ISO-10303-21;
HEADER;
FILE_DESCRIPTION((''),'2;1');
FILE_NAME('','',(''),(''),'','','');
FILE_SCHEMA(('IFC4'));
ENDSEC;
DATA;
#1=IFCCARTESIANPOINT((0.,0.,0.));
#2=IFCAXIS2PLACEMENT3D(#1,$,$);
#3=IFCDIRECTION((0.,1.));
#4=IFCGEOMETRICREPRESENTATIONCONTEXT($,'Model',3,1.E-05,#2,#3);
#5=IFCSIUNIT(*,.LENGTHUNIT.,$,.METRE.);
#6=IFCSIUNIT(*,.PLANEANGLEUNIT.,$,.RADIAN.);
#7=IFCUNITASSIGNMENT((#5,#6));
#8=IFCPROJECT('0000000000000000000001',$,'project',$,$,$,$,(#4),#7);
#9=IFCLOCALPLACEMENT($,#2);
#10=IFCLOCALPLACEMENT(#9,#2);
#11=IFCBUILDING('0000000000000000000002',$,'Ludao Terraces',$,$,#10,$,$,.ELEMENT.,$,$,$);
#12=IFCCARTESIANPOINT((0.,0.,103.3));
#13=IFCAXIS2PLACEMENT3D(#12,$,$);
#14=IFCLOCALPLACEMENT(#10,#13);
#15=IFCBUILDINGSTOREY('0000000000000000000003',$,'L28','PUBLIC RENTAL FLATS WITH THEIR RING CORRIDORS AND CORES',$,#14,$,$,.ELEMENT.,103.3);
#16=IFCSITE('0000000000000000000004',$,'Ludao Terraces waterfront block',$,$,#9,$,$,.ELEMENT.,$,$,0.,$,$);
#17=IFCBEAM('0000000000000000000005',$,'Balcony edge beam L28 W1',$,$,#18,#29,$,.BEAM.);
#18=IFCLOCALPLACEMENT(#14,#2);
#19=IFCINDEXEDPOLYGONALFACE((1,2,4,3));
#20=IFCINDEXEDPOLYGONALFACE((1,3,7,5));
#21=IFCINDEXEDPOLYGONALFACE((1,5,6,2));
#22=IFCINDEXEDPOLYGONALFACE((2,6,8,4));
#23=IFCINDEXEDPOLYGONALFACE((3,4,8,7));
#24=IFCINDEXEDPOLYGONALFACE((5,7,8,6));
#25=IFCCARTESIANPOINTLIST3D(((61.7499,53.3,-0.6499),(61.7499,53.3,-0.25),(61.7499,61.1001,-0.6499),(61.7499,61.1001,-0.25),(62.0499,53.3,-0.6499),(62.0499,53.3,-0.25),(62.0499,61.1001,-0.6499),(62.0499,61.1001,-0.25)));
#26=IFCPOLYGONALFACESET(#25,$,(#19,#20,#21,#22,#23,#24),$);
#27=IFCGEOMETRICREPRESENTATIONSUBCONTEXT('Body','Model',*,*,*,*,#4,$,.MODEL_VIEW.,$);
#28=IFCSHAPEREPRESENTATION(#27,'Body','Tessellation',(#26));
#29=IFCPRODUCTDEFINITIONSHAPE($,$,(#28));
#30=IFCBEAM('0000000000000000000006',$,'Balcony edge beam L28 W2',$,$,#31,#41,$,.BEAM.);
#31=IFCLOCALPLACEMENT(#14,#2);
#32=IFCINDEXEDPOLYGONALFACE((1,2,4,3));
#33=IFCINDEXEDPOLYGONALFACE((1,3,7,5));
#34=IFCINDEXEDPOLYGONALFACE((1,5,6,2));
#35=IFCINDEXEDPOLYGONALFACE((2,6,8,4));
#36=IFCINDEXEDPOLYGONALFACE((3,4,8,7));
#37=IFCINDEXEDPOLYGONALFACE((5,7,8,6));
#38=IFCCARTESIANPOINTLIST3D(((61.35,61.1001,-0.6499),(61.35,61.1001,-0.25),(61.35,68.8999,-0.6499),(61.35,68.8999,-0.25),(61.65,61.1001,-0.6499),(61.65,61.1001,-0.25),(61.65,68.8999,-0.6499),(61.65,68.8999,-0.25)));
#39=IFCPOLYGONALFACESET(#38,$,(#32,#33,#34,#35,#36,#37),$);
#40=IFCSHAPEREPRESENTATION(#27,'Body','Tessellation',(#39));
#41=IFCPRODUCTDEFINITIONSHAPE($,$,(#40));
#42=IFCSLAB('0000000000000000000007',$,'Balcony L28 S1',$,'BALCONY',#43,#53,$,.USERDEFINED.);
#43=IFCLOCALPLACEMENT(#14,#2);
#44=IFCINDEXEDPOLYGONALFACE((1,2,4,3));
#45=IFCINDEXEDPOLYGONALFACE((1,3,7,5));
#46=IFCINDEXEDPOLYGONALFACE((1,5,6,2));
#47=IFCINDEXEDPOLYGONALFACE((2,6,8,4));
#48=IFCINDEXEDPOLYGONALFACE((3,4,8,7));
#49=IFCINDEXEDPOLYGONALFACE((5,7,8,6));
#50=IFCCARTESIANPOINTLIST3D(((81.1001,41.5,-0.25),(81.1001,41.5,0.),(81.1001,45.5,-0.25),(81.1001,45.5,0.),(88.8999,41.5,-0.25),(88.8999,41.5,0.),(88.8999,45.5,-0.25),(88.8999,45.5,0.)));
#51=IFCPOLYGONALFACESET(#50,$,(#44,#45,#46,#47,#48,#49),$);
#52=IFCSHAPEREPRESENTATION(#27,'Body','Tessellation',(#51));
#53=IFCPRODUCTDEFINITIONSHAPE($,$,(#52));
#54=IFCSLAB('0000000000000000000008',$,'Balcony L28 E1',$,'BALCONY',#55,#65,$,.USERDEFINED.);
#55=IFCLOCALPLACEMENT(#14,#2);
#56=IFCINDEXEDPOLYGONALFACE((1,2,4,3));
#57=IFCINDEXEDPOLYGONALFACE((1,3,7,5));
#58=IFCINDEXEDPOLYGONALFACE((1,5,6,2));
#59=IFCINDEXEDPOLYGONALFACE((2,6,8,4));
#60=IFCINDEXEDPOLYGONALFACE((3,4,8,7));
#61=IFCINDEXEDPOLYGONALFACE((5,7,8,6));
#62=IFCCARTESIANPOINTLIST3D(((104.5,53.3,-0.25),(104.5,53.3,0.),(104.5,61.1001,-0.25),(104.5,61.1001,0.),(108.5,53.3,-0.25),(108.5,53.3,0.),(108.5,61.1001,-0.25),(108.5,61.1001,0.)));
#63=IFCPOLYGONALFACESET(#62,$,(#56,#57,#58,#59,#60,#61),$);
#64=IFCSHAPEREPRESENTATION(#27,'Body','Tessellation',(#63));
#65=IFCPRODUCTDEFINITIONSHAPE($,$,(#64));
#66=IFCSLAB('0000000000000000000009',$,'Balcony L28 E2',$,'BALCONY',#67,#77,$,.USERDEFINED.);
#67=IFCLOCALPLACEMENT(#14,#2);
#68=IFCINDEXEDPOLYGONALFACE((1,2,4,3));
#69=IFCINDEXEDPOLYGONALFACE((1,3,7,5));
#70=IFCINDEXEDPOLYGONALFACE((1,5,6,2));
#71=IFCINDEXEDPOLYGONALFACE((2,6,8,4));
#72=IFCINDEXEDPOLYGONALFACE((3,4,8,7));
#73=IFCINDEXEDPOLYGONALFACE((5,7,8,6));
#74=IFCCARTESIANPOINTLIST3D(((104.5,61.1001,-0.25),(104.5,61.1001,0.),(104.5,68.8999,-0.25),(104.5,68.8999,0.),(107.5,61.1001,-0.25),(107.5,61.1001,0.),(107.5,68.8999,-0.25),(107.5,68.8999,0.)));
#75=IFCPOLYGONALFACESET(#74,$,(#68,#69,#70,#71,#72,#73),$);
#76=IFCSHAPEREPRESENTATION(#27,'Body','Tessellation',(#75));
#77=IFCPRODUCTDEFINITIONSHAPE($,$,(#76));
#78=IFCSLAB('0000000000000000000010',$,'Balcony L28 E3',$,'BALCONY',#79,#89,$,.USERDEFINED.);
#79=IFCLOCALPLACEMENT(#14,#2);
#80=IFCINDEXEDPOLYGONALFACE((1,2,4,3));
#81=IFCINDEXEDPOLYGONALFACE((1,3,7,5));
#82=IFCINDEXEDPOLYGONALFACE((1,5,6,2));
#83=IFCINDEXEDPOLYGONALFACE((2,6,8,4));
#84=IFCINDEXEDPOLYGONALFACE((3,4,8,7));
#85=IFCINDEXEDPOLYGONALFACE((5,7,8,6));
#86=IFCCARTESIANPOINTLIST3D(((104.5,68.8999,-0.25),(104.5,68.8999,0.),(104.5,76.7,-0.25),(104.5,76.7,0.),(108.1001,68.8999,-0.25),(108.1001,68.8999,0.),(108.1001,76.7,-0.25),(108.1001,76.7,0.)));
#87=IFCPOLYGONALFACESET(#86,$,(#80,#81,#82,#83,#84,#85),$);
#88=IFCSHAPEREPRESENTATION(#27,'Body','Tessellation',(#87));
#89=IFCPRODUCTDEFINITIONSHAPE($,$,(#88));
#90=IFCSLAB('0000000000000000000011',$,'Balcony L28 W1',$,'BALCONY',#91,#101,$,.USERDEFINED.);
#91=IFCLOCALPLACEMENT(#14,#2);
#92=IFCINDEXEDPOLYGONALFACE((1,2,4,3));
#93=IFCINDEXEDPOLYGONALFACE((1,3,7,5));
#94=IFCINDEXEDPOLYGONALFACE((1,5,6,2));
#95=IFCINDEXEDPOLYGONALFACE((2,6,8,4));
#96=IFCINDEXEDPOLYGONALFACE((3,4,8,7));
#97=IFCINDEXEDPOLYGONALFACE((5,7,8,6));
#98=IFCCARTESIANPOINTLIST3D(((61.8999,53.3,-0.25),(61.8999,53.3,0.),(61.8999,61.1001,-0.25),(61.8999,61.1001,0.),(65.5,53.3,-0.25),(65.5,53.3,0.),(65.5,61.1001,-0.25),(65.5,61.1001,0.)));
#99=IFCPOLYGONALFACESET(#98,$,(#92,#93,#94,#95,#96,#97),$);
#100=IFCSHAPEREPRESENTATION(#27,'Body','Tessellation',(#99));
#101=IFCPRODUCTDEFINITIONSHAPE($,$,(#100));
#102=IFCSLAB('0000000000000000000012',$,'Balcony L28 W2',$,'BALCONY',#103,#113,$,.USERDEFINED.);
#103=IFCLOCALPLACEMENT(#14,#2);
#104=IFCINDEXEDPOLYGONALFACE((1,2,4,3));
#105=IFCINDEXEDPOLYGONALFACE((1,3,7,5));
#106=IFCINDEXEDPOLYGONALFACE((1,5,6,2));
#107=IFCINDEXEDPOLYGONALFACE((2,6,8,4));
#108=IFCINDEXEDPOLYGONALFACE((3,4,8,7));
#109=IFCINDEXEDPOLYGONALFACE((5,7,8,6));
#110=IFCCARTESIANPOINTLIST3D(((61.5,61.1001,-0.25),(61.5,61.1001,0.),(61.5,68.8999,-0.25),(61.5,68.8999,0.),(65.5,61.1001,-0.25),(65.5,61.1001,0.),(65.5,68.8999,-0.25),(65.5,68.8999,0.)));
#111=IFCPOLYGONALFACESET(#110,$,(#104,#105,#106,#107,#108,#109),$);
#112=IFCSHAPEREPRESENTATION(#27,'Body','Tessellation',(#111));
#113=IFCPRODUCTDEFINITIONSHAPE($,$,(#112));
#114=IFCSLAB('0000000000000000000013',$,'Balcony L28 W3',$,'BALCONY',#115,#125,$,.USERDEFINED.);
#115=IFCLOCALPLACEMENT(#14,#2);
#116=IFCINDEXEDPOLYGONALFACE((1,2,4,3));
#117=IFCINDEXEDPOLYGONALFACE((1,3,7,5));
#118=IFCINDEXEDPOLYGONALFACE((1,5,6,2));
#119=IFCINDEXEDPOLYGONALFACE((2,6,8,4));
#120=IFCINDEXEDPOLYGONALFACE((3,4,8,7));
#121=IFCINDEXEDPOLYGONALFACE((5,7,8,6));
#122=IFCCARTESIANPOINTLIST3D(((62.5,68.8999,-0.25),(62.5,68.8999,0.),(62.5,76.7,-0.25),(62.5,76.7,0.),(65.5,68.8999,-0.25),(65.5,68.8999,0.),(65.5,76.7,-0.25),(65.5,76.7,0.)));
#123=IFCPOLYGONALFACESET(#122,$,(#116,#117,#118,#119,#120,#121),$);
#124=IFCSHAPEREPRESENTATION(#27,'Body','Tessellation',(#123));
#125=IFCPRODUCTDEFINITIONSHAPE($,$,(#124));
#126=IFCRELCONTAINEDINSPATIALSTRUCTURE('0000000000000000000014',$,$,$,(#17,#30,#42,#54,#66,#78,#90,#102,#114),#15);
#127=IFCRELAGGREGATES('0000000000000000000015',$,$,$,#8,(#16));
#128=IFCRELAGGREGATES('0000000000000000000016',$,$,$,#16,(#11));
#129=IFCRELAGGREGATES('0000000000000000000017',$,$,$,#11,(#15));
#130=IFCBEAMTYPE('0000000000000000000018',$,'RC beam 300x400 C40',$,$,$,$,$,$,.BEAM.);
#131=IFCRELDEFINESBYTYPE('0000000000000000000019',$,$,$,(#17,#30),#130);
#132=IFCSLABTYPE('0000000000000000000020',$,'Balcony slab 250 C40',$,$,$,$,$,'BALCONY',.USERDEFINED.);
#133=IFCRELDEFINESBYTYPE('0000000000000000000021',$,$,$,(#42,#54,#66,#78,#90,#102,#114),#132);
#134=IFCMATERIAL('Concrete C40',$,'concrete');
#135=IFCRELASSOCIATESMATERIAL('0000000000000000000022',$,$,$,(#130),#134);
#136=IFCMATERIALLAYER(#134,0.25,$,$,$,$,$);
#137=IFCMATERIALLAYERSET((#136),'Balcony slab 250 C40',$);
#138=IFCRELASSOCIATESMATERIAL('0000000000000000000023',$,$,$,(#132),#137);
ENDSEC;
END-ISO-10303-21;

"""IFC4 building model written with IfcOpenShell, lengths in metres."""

from ifc_helpers import new_model, si_unit, direction, frame, origin, origin_2d, place, context, subcontext, project, spatial, polyline, rectangle, outline, extrude, material, layer, layer_set, material_profile, profile_set, type_object, element, save


model = new_model("IFC4")

# Units and contexts
model_context = context("Model", 3, precision=1e-05, world=origin(), true_north=direction((0.0, 1.0)))
body_context = subcontext(model_context, "Body", "Model", "MODEL_VIEW")
ifc_project = project(units=[si_unit("LENGTHUNIT", "METRE"), si_unit("PLANEANGLEUNIT", "RADIAN")], contexts=[model_context])

# Site, building, storey
site_placement = place(None, origin())
site = spatial("IfcSite", under=ifc_project, at=site_placement, Name="Ludao Terraces waterfront block", CompositionType="ELEMENT", RefElevation=0.0)
building_placement = place(site_placement, origin())
building = spatial("IfcBuilding", under=site, at=building_placement, Name="Ludao Terraces", CompositionType="ELEMENT")
storey_placement = place(building_placement, frame((0.0, 0.0, 103.3)))
storey = spatial("IfcBuildingStorey", under=building, at=storey_placement, Name="L28", Description="PUBLIC RENTAL FLATS WITH THEIR RING CORRIDORS AND CORES", CompositionType="ELEMENT", Elevation=103.3)

# Beams
ifc_material_1 = material(Name="Concrete C40", Category="concrete")
ifc_material_profile = material_profile(ifc_material_1, rectangle(XDim=0.3, YDim=0.3999, at=origin_2d()), Name="300 X 400")
ifc_profile_set = profile_set([ifc_material_profile], Name="Concrete C40")
beam_type = type_object("IfcBeamType", Name="RC beam 300x400 C40", PredefinedType="BEAM", material=ifc_profile_set)
beam_1_placement = place(storey_placement, frame((61.8999, 53.3, -0.45), z_axis=(0.0, 1.0, 0.0), x_axis=(-1.0, 0.0, 0.0)))
element("IfcBeam", 1, at=beam_1_placement, inside=storey, type_object=beam_type, Name="Balcony edge beam L28 W1", PredefinedType="BEAM", context=body_context, shape_type="SweptSolid", body=[
    extrude(rectangle(XDim=0.3, YDim=0.3999, at=origin_2d()), origin(), (0.0, 0.0, 1.0), 7.8),
])
beam_2_placement = place(storey_placement, frame((61.5, 61.1001, -0.45), z_axis=(0.0, 1.0, 0.0), x_axis=(-1.0, 0.0, 0.0)))
element("IfcBeam", 2, at=beam_2_placement, inside=storey, type_object=beam_type, Name="Balcony edge beam L28 W2", PredefinedType="BEAM", context=body_context, shape_type="SweptSolid", body=[
    extrude(rectangle(XDim=0.3, YDim=0.3999, at=origin_2d()), origin(), (0.0, 0.0, 1.0), 7.7998),
])

# Slabs
ifc_layer_1 = layer(ifc_material_1, 0.25)
ifc_layer_set_1 = layer_set([ifc_layer_1], Name="Balcony slab 250 C40")
slab_type_1 = type_object("IfcSlabType", Name="Balcony slab 250 C40", ElementType="BALCONY", PredefinedType="USERDEFINED", material=ifc_layer_set_1)
slab_1_placement = place(storey_placement, frame((0.0, 0.0, -0.25)))
element("IfcSlab", 3, at=slab_1_placement, inside=storey, type_object=slab_type_1, Name="Balcony L28 S1", ObjectType="BALCONY", PredefinedType="USERDEFINED", context=body_context, shape_type="SweptSolid", body=[
    extrude(outline(polyline([(81.1001, 41.5), (88.8999, 41.5), (88.8999, 45.5), (81.1001, 45.5), (81.1001, 41.5)])), origin(), (0.0, 0.0, 1.0), 0.25),
])
slab_2_placement = place(storey_placement, frame((0.0, 0.0, -0.25)))
element("IfcSlab", 4, at=slab_2_placement, inside=storey, type_object=slab_type_1, Name="Balcony L28 E1", ObjectType="BALCONY", PredefinedType="USERDEFINED", context=body_context, shape_type="SweptSolid", body=[
    extrude(outline(polyline([(104.5, 53.3), (108.5, 53.3), (108.5, 61.1001), (104.5, 61.1001), (104.5, 53.3)])), origin(), (0.0, 0.0, 1.0), 0.25),
])
slab_3_placement = place(storey_placement, frame((0.0, 0.0, -0.25)))
element("IfcSlab", 5, at=slab_3_placement, inside=storey, type_object=slab_type_1, Name="Balcony L28 E2", ObjectType="BALCONY", PredefinedType="USERDEFINED", context=body_context, shape_type="SweptSolid", body=[
    extrude(outline(polyline([(104.5, 61.1001), (107.5, 61.1001), (107.5, 68.8999), (104.5, 68.8999), (104.5, 61.1001)])), origin(), (0.0, 0.0, 1.0), 0.25),
])
slab_4_placement = place(storey_placement, frame((0.0, 0.0, -0.25)))
element("IfcSlab", 6, at=slab_4_placement, inside=storey, type_object=slab_type_1, Name="Balcony L28 E3", ObjectType="BALCONY", PredefinedType="USERDEFINED", context=body_context, shape_type="SweptSolid", body=[
    extrude(outline(polyline([(104.5, 68.8999), (108.1001, 68.8999), (108.1001, 76.7), (104.5, 76.7), (104.5, 68.8999)])), origin(), (0.0, 0.0, 1.0), 0.25),
])
slab_5_placement = place(storey_placement, frame((0.0, 0.0, -0.25)))
element("IfcSlab", 7, at=slab_5_placement, inside=storey, type_object=slab_type_1, Name="Balcony L28 W1", ObjectType="BALCONY", PredefinedType="USERDEFINED", context=body_context, shape_type="SweptSolid", body=[
    extrude(outline(polyline([(61.8999, 53.3), (65.5, 53.3), (65.5, 61.1001), (61.8999, 61.1001), (61.8999, 53.3)])), origin(), (0.0, 0.0, 1.0), 0.25),
])
slab_6_placement = place(storey_placement, frame((0.0, 0.0, -0.25)))
element("IfcSlab", 8, at=slab_6_placement, inside=storey, type_object=slab_type_1, Name="Balcony L28 W2", ObjectType="BALCONY", PredefinedType="USERDEFINED", context=body_context, shape_type="SweptSolid", body=[
    extrude(outline(polyline([(61.5, 61.1001), (65.5, 61.1001), (65.5, 68.8999), (61.5, 68.8999), (61.5, 61.1001)])), origin(), (0.0, 0.0, 1.0), 0.25),
])
slab_7_placement = place(storey_placement, frame((0.0, 0.0, -0.25)))
element("IfcSlab", 9, at=slab_7_placement, inside=storey, type_object=slab_type_1, Name="Balcony L28 W3", ObjectType="BALCONY", PredefinedType="USERDEFINED", context=body_context, shape_type="SweptSolid", body=[
    extrude(outline(polyline([(62.5, 68.8999), (65.5, 68.8999), (65.5, 76.7), (62.5, 76.7), (62.5, 68.8999)])), origin(), (0.0, 0.0, 1.0), 0.25),
])

save(model, "model.ifc")
